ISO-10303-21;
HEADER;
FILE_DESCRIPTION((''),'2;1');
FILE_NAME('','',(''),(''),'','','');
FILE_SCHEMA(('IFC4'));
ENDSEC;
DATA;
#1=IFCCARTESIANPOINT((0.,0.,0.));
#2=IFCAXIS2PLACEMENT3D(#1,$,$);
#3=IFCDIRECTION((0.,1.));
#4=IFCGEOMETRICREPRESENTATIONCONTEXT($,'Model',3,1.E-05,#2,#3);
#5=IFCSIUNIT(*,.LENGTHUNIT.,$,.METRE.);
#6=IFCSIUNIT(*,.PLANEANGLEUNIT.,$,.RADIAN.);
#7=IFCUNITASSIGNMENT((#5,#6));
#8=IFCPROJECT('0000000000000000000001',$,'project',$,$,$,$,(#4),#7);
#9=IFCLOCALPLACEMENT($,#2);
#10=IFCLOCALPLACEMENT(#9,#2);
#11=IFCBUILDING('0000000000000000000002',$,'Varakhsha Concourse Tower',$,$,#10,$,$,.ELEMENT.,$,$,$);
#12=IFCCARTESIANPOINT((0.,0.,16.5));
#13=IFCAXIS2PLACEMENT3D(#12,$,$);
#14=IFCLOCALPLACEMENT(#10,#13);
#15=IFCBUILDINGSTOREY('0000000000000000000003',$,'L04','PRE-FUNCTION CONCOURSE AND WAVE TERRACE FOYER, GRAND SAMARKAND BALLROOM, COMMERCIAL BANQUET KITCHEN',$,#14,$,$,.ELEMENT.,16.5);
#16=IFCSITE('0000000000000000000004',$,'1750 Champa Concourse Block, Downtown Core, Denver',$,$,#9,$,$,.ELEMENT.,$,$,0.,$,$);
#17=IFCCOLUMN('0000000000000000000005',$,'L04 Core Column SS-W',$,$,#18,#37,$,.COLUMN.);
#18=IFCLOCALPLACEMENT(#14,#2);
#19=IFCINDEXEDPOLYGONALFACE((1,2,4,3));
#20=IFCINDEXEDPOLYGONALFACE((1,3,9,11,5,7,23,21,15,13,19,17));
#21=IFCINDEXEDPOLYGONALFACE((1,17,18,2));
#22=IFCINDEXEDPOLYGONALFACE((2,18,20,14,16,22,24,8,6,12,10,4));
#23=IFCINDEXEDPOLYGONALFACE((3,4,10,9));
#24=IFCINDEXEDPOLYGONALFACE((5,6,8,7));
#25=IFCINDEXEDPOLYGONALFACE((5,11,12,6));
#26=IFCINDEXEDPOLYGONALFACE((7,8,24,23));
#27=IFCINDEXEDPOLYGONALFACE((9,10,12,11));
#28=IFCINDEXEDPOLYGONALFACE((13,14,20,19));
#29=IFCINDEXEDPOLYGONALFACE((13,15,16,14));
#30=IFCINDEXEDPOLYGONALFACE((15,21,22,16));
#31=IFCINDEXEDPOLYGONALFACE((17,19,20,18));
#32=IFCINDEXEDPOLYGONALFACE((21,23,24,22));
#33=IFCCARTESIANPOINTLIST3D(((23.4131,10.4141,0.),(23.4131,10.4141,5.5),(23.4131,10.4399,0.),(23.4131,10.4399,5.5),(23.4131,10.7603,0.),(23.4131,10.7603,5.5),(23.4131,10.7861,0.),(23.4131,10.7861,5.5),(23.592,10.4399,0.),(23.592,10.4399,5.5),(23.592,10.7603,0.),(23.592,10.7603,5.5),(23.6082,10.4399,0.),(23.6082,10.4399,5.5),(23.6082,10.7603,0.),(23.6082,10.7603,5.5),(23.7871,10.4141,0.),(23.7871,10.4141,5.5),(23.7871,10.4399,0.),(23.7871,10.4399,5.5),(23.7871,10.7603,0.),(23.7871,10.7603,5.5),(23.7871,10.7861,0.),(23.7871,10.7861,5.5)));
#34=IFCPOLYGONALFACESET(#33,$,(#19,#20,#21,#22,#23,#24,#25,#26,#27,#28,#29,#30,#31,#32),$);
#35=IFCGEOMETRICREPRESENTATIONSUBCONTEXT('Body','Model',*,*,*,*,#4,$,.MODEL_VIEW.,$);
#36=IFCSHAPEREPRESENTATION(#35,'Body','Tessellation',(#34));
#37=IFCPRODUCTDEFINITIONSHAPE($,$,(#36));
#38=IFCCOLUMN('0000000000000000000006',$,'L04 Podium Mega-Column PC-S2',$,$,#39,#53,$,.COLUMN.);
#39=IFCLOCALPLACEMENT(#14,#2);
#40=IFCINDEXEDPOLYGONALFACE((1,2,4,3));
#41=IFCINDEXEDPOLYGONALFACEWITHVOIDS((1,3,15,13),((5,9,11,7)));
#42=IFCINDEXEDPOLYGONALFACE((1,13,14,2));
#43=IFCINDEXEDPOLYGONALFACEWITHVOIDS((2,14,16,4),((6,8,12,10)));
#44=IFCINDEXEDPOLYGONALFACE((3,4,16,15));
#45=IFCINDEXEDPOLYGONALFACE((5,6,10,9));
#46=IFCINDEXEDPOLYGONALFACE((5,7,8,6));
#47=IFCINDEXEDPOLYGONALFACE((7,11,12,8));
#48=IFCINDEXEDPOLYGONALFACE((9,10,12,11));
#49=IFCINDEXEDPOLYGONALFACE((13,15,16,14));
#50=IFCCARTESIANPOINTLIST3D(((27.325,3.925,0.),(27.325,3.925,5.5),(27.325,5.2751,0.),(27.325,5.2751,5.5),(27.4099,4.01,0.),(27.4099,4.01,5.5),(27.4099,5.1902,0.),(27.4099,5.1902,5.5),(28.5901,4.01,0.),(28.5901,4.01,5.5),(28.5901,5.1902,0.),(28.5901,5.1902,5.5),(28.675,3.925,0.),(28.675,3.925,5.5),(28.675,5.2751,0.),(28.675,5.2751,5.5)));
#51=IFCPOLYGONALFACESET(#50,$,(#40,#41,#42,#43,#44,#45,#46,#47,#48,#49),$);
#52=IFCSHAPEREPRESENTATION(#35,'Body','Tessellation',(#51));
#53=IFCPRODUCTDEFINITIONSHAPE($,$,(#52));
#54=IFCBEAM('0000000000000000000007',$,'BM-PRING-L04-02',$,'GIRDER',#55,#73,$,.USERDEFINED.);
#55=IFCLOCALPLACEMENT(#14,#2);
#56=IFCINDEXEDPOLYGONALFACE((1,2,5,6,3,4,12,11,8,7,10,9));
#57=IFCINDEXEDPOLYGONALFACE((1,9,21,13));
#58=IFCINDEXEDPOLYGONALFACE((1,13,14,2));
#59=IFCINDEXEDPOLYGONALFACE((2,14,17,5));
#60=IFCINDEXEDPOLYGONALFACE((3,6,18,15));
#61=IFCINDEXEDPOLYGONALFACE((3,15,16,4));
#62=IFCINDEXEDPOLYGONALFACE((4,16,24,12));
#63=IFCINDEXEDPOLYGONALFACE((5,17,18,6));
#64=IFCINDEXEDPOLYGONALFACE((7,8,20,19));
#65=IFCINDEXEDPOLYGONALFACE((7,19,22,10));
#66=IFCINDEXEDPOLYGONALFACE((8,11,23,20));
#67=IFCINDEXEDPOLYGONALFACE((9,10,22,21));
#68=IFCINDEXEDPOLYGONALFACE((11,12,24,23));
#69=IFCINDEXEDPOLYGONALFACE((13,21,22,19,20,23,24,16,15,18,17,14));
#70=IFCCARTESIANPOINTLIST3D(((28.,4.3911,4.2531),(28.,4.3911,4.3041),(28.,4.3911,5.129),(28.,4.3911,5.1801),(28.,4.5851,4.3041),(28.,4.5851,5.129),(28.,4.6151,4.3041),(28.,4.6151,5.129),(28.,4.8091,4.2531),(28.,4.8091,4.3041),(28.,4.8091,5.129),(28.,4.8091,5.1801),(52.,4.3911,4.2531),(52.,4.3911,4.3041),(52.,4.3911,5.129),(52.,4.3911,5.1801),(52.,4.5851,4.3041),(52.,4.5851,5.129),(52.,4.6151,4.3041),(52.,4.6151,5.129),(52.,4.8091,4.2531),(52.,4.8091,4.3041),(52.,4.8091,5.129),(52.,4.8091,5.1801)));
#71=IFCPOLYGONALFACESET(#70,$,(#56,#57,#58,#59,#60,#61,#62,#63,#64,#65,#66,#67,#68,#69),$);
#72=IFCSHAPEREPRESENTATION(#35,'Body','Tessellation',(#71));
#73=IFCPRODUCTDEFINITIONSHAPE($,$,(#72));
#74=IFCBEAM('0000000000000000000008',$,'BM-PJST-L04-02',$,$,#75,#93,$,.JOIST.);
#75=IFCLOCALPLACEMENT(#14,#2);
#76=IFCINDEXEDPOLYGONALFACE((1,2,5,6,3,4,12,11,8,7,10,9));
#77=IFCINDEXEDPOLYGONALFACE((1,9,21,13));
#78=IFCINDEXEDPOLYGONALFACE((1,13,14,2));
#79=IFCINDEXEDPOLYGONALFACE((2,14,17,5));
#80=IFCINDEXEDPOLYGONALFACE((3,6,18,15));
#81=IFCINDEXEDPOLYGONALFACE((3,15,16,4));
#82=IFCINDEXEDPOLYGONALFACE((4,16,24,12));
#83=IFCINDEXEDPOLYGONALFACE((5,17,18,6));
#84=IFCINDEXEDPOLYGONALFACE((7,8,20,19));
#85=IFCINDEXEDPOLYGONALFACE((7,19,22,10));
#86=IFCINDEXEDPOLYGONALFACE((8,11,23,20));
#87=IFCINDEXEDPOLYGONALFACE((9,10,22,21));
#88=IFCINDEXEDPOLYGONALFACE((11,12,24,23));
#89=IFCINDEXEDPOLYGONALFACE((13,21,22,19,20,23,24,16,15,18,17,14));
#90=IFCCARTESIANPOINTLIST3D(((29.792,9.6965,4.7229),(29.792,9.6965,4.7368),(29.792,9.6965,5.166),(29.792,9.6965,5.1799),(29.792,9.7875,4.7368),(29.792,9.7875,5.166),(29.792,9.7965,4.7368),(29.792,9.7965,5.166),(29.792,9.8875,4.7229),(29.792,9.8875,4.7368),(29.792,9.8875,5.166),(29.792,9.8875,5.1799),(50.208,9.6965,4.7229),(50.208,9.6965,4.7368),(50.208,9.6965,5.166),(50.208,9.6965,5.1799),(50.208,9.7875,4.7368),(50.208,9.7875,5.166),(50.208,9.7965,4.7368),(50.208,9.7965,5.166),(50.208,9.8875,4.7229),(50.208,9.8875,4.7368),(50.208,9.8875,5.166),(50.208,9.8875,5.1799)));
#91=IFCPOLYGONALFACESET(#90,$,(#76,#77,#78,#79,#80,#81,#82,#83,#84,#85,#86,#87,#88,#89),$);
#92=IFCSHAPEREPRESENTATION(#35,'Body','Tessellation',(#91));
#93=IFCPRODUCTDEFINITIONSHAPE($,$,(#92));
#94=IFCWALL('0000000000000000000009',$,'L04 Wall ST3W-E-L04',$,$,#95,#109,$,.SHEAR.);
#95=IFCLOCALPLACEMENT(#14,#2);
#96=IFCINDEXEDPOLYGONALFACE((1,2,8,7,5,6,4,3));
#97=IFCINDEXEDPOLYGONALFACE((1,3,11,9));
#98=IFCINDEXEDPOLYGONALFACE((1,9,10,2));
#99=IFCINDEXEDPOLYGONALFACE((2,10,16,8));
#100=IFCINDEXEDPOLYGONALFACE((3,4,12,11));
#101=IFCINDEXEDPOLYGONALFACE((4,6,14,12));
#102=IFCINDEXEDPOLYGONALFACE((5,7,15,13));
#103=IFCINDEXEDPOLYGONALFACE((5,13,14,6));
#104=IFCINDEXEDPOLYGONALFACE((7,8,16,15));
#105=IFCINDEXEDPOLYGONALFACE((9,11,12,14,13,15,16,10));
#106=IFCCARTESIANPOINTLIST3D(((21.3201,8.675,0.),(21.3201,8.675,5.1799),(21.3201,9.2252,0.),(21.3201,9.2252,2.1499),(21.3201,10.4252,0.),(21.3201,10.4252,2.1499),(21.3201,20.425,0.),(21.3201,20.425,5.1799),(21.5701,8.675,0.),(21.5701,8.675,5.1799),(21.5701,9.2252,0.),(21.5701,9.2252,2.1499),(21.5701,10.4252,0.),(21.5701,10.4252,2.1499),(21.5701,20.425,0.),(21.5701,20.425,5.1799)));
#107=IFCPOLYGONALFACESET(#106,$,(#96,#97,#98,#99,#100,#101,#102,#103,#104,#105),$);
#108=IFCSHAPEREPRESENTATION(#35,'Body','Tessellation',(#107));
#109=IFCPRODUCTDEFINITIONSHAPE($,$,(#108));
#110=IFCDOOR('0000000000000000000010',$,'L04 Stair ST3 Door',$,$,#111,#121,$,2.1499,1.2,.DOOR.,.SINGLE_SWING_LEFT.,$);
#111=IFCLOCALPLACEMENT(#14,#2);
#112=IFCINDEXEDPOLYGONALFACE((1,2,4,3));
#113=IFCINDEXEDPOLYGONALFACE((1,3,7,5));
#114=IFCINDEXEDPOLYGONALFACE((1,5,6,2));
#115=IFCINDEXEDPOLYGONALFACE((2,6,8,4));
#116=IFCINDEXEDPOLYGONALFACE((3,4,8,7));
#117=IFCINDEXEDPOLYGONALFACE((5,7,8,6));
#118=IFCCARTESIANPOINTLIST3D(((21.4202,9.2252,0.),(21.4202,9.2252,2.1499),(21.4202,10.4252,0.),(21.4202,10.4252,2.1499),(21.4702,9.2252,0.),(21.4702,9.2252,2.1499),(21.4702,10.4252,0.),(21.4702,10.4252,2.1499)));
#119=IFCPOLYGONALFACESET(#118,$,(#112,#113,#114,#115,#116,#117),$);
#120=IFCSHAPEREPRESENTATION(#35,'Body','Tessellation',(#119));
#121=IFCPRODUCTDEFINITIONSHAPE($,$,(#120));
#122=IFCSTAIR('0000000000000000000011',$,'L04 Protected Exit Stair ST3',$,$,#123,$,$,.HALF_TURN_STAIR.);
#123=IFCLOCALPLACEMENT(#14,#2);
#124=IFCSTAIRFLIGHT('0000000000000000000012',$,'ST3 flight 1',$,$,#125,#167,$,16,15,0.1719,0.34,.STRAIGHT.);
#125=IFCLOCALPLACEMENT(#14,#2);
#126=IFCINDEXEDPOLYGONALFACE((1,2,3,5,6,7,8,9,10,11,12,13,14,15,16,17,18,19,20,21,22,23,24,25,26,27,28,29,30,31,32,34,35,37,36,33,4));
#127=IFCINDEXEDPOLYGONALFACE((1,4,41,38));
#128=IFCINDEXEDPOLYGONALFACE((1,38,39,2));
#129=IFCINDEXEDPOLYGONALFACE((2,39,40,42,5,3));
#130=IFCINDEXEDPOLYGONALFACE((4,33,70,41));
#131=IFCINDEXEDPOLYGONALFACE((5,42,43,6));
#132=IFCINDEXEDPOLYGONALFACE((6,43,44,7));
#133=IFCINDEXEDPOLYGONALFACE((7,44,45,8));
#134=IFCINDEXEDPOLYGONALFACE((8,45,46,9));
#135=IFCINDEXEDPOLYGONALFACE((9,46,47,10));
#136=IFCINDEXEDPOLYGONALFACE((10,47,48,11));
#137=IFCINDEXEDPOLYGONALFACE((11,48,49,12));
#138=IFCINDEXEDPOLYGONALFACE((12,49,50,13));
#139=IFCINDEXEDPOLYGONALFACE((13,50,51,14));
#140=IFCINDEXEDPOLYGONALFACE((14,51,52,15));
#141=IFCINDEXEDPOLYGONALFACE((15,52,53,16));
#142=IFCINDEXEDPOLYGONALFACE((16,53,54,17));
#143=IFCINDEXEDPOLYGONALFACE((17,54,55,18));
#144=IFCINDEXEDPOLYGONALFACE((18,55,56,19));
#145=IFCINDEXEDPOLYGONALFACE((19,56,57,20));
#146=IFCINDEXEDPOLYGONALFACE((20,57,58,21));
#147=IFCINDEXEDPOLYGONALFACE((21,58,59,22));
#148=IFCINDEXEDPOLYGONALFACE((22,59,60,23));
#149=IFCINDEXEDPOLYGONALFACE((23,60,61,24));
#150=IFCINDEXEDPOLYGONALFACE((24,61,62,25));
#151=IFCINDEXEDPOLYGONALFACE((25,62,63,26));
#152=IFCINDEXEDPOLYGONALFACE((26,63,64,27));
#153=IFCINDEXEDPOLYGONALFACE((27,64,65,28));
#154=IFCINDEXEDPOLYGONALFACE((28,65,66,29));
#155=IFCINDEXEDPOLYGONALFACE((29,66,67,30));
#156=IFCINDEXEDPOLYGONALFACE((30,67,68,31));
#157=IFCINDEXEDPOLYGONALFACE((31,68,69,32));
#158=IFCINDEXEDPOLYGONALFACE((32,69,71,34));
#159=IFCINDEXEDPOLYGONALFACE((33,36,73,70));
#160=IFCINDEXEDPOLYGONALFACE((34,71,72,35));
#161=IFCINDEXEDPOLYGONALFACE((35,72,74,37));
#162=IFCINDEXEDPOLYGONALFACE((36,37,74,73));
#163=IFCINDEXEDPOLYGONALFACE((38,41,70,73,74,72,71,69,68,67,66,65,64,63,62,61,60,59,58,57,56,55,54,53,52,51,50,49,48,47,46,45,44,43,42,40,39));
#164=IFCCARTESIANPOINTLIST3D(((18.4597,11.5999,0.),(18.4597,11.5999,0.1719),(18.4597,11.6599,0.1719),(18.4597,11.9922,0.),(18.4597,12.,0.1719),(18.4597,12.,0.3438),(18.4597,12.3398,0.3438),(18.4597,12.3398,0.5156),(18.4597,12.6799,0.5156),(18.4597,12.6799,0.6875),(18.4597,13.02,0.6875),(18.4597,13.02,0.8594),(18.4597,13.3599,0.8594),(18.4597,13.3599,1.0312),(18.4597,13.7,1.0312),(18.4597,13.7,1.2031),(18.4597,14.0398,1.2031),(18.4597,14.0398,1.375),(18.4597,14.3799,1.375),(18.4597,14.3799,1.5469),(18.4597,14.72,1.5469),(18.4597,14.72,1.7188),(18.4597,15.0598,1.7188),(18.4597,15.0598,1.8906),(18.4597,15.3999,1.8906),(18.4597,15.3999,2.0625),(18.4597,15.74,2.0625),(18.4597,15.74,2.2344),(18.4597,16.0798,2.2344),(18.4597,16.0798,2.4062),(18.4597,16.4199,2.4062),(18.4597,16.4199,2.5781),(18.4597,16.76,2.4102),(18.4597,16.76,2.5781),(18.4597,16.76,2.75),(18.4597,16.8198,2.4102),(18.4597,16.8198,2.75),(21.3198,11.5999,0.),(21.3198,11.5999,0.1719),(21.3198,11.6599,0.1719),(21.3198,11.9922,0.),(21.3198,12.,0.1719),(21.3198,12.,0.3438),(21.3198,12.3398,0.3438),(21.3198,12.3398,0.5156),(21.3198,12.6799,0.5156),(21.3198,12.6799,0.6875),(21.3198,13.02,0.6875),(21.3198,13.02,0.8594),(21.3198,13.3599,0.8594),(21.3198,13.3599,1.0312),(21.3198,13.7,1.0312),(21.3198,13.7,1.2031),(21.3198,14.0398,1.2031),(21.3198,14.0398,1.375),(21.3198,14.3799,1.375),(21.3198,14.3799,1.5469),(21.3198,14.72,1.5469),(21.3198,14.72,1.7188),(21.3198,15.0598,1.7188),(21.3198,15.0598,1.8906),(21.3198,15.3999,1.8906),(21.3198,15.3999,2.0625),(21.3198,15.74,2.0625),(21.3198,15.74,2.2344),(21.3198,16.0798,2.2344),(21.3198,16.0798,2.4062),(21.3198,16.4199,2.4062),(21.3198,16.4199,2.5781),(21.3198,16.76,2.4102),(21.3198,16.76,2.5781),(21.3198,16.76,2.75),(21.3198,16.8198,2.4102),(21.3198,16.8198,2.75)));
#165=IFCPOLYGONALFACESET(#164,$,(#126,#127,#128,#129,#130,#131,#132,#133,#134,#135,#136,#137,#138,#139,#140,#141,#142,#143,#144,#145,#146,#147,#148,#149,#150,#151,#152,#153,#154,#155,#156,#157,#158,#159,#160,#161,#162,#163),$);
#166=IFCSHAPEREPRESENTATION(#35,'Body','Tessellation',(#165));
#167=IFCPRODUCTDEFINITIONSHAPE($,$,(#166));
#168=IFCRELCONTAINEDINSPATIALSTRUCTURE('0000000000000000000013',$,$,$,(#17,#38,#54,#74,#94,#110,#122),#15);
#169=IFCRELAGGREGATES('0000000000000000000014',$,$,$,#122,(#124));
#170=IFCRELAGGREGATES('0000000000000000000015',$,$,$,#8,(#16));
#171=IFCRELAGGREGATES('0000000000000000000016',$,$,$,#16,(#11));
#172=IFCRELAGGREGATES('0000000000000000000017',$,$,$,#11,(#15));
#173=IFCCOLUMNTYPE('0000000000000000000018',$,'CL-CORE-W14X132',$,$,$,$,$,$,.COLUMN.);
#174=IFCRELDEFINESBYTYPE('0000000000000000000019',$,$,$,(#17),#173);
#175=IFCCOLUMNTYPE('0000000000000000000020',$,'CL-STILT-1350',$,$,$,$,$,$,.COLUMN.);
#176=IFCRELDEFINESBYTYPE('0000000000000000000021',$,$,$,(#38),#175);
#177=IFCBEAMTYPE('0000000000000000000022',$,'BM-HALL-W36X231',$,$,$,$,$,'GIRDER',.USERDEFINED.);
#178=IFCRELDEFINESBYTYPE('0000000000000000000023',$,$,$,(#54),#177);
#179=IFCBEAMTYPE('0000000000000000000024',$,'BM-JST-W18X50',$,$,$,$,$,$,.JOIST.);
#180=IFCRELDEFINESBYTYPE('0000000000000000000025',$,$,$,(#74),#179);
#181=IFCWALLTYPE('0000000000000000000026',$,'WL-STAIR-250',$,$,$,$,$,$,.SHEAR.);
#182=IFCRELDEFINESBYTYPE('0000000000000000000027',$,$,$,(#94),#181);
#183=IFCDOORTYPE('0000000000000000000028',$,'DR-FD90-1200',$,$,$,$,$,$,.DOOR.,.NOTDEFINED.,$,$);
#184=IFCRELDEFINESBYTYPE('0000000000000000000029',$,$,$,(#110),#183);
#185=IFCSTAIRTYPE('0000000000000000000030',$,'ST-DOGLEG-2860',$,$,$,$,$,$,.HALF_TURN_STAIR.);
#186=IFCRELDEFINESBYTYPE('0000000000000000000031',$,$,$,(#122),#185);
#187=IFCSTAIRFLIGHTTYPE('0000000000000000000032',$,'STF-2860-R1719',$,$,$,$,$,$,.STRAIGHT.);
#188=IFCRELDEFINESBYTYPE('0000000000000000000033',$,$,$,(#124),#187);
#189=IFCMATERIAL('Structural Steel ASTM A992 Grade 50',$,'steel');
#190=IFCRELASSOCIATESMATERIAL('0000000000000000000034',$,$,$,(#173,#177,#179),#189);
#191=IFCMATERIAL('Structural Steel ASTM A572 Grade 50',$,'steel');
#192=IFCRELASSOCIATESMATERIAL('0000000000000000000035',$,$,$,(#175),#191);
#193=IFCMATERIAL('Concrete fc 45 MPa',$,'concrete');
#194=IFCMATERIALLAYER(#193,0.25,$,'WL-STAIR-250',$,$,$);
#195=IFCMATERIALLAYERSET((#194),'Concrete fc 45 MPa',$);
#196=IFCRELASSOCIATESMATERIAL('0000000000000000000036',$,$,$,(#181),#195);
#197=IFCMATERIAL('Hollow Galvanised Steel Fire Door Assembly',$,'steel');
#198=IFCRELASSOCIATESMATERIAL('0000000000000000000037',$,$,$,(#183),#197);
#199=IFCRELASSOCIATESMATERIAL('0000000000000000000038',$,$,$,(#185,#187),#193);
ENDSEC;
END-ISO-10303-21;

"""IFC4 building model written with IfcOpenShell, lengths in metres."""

from ifc_helpers import new_model, si_unit, direction, frame, frame_2d, origin, origin_2d, place, context, subcontext, project, spatial, polyline, rectangle, hollow_rectangle, i_section, outline, extrude, material, layer, layer_set, material_profile, profile_set, type_object, element, fill, aggregate, save


model = new_model("IFC4")

# Units and contexts
model_context = context("Model", 3, precision=1e-05, world=origin(), true_north=direction((0.0, 1.0)))
body_context = subcontext(model_context, "Body", "Model", "MODEL_VIEW")
ifc_project = project(units=[si_unit("LENGTHUNIT", "METRE"), si_unit("PLANEANGLEUNIT", "RADIAN")], contexts=[model_context])

# Site, building, storey
site_placement = place(None, origin())
site = spatial("IfcSite", under=ifc_project, at=site_placement, Name="1750 Champa Concourse Block, Downtown Core, Denver", CompositionType="ELEMENT", RefElevation=0.0)
building_placement = place(site_placement, origin())
building = spatial("IfcBuilding", under=site, at=building_placement, Name="Varakhsha Concourse Tower", CompositionType="ELEMENT")
storey_placement = place(building_placement, frame((0.0, 0.0, 16.5)))
storey = spatial("IfcBuildingStorey", under=building, at=storey_placement, Name="L04", Description="PRE-FUNCTION CONCOURSE AND WAVE TERRACE FOYER, GRAND SAMARKAND BALLROOM, COMMERCIAL BANQUET KITCHEN", CompositionType="ELEMENT", Elevation=16.5)

# Columns
ifc_material_1 = material(Name="Structural Steel ASTM A992 Grade 50", Category="steel")
ifc_material_profile_1 = material_profile(ifc_material_1, i_section(OverallWidth=0.374, OverallDepth=0.3721, WebThickness=0.0161, FlangeThickness=0.0259, at=origin_2d()), Name="W14X132")
ifc_profile_set_1 = profile_set([ifc_material_profile_1], Name="Structural Steel ASTM A992 Grade 50")
column_type_1 = type_object("IfcColumnType", Name="CL-CORE-W14X132", PredefinedType="COLUMN", material=ifc_profile_set_1)
column_1_placement = place(storey_placement, frame((23.6001, 10.6001, 0.0), z_axis=(0.0, 0.0, 1.0), x_axis=(1.0, 0.0, 0.0)))
element("IfcColumn", 1, at=column_1_placement, inside=storey, type_object=column_type_1, Name="L04 Core Column SS-W", PredefinedType="COLUMN", context=body_context, shape_type="SweptSolid", body=[
    extrude(i_section(OverallWidth=0.374, OverallDepth=0.3721, WebThickness=0.0161, FlangeThickness=0.0259, at=origin_2d()), origin(), (0.0, 0.0, 1.0), 5.5),
])
ifc_material_2 = material(Name="Structural Steel ASTM A572 Grade 50", Category="steel")
ifc_material_profile_2 = material_profile(ifc_material_2, hollow_rectangle(XDim=1.3501, YDim=1.3501, WallThickness=0.085, at=origin_2d()), Name="BOX 1350x1350x85")
ifc_profile_set_2 = profile_set([ifc_material_profile_2], Name="Structural Steel ASTM A572 Grade 50")
column_type_2 = type_object("IfcColumnType", Name="CL-STILT-1350", PredefinedType="COLUMN", material=ifc_profile_set_2)
column_2_placement = place(storey_placement, frame((28.0, 4.6001, 0.0), z_axis=(0.0, 0.0, 1.0), x_axis=(1.0, 0.0, 0.0)))
element("IfcColumn", 2, at=column_2_placement, inside=storey, type_object=column_type_2, Name="L04 Podium Mega-Column PC-S2", PredefinedType="COLUMN", context=body_context, shape_type="SweptSolid", body=[
    extrude(hollow_rectangle(XDim=1.3501, YDim=1.3501, WallThickness=0.085, at=origin_2d()), origin(), (0.0, 0.0, 1.0), 5.5),
])

# Beams
ifc_material_profile_3 = material_profile(ifc_material_1, i_section(OverallWidth=0.418, OverallDepth=0.927, WebThickness=0.03, FlangeThickness=0.051, at=origin_2d()), Name="W36X231")
ifc_profile_set_3 = profile_set([ifc_material_profile_3], Name="Structural Steel ASTM A992 Grade 50")
beam_type_1 = type_object("IfcBeamType", Name="BM-HALL-W36X231", ElementType="GIRDER", PredefinedType="USERDEFINED", material=ifc_profile_set_3)
beam_1_placement = place(storey_placement, frame((28.0, 4.6001, 4.7166), z_axis=(1.0, 0.0, 0.0), x_axis=(0.0, 1.0, 0.0)))
element("IfcBeam", 3, at=beam_1_placement, inside=storey, type_object=beam_type_1, Name="BM-PRING-L04-02", ObjectType="GIRDER", PredefinedType="USERDEFINED", context=body_context, shape_type="SweptSolid", body=[
    extrude(i_section(OverallWidth=0.418, OverallDepth=0.927, WebThickness=0.03, FlangeThickness=0.051, at=origin_2d()), origin(), (0.0, 0.0, 1.0), 24.0),
])
ifc_material_profile_4 = material_profile(ifc_material_1, i_section(OverallWidth=0.1909, OverallDepth=0.457, WebThickness=0.009, FlangeThickness=0.0139, at=origin_2d()), Name="W18X50")
ifc_profile_set_4 = profile_set([ifc_material_profile_4], Name="Structural Steel ASTM A992 Grade 50")
beam_type_2 = type_object("IfcBeamType", Name="BM-JST-W18X50", PredefinedType="JOIST", material=ifc_profile_set_4)
beam_2_placement = place(storey_placement, frame((29.792, 9.792, 4.9514), z_axis=(1.0, 0.0, 0.0), x_axis=(0.0, 1.0, 0.0)))
element("IfcBeam", 4, at=beam_2_placement, inside=storey, type_object=beam_type_2, Name="BM-PJST-L04-02", PredefinedType="JOIST", context=body_context, shape_type="SweptSolid", body=[
    extrude(i_section(OverallWidth=0.1909, OverallDepth=0.457, WebThickness=0.009, FlangeThickness=0.0139, at=origin_2d()), origin(), (0.0, 0.0, 1.0), 20.416),
])

# Wall, opening, door
ifc_material_3 = material(Name="Concrete fc 45 MPa", Category="concrete")
ifc_layer = layer(ifc_material_3, 0.25, Name="WL-STAIR-250")
ifc_layer_set = layer_set([ifc_layer], Name="Concrete fc 45 MPa")
wall_type = type_object("IfcWallType", Name="WL-STAIR-250", PredefinedType="SHEAR", material=ifc_layer_set)
wall_placement = place(storey_placement, frame((21.4451, 8.675, 0.0), z_axis=(0.0, 0.0, 1.0), x_axis=(0.0, 1.0, 0.0)))
wall = element("IfcWall", 5, at=wall_placement, inside=storey, type_object=wall_type, Name="L04 Wall ST3W-E-L04", PredefinedType="SHEAR", context=body_context, shape_type="SweptSolid", body=[
    extrude(rectangle(XDim=11.75, YDim=0.25, at=frame_2d((5.875, 0.0))), origin(), (0.0, 0.0, 1.0), 5.1799),
])
opening_placement = place(wall_placement, frame((0.55, 0.0, 0.0)))
opening = element("IfcOpeningElement", 6, at=opening_placement, cuts=wall, PredefinedType="OPENING", context=body_context, shape_type="SweptSolid", body=[
    extrude(rectangle(XDim=1.2, YDim=2.1499, at=frame_2d((0.6001, 1.075))), frame((0.0, 0.135, 0.0), z_axis=(0.0, -1.0, 0.0), x_axis=(1.0, 0.0, 0.0)), (0.0, 0.0, 1.0), 0.27),
])
ifc_material_4 = material(Name="Hollow Galvanised Steel Fire Door Assembly", Category="steel")
door_type = type_object("IfcDoorType", Name="DR-FD90-1200", OperationType="NOTDEFINED", PredefinedType="DOOR", material=ifc_material_4)
door_placement = place(opening_placement, origin())
door = element("IfcDoor", 7, at=door_placement, inside=storey, type_object=door_type, Name="L04 Stair ST3 Door", OperationType="SINGLE_SWING_LEFT", OverallHeight=2.1499, OverallWidth=1.2, PredefinedType="DOOR", context=body_context, shape_type="SweptSolid", body=[
    extrude(rectangle(XDim=1.2, YDim=2.1499, at=frame_2d((0.6001, 1.075))), frame((0.0, 0.0249, 0.0), z_axis=(0.0, -1.0, 0.0), x_axis=(1.0, 0.0, 0.0)), (0.0, 0.0, 1.0), 0.05),
])
fill(opening, door)

# Stair, stair flight
stair_type = type_object("IfcStairType", Name="ST-DOGLEG-2860", PredefinedType="HALF_TURN_STAIR", material=ifc_material_3)
stair_placement = place(storey_placement, origin())
stair = element("IfcStair", 8, at=stair_placement, inside=storey, type_object=stair_type, Name="L04 Protected Exit Stair ST3", PredefinedType="HALF_TURN_STAIR")
stair_flight_type = type_object("IfcStairFlightType", Name="STF-2860-R1719", PredefinedType="STRAIGHT", material=ifc_material_3)
stair_flight_placement = place(storey_placement, frame((19.8899, 11.6599, 0.0), z_axis=(0.0, 0.0, 1.0), x_axis=(0.0, 1.0, 0.0)))
stair_flight = element("IfcStairFlight", 9, at=stair_flight_placement, type_object=stair_flight_type, Name="ST3 flight 1", NumberOfRisers=16, NumberOfTreads=15, PredefinedType="STRAIGHT", RiserHeight=0.1719, TreadLength=0.34, context=body_context, shape_type="SweptSolid", body=[
    extrude(outline(polyline([(-0.0601, 0.0), (-0.0601, 0.1719), (0.0, 0.1719), (0.3401, 0.1719), (0.3401, 0.3438), (0.6799, 0.3438), (0.6799, 0.5156), (1.02, 0.5156), (1.02, 0.6875), (1.3601, 0.6875), (1.3601, 0.8594), (1.7, 0.8594), (1.7, 1.0312), (2.04, 1.0312), (2.04, 1.2031), (2.3799, 1.2031), (2.3799, 1.375), (2.72, 1.375), (2.72, 1.5469), (3.0601, 1.5469), (3.0601, 1.7188), (3.3999, 1.7188), (3.3999, 1.8906), (3.74, 1.8906), (3.74, 2.0625), (4.0801, 2.0625), (4.0801, 2.2344), (4.4199, 2.2344), (4.4199, 2.4062), (4.76, 2.4062), (4.76, 2.5781), (5.1001, 2.5781), (5.1001, 2.75), (5.1599, 2.75), (5.1599, 2.4102), (5.1001, 2.4102), (0.3323, 0.0), (-0.0601, 0.0)])), frame((0.0, 1.4302, 0.0), z_axis=(0.0, -1.0, 0.0), x_axis=(1.0, 0.0, 0.0)), (0.0, 0.0, 1.0), 2.8601),
])
aggregate(stair, [stair_flight])

save(model, "model.ifc")
